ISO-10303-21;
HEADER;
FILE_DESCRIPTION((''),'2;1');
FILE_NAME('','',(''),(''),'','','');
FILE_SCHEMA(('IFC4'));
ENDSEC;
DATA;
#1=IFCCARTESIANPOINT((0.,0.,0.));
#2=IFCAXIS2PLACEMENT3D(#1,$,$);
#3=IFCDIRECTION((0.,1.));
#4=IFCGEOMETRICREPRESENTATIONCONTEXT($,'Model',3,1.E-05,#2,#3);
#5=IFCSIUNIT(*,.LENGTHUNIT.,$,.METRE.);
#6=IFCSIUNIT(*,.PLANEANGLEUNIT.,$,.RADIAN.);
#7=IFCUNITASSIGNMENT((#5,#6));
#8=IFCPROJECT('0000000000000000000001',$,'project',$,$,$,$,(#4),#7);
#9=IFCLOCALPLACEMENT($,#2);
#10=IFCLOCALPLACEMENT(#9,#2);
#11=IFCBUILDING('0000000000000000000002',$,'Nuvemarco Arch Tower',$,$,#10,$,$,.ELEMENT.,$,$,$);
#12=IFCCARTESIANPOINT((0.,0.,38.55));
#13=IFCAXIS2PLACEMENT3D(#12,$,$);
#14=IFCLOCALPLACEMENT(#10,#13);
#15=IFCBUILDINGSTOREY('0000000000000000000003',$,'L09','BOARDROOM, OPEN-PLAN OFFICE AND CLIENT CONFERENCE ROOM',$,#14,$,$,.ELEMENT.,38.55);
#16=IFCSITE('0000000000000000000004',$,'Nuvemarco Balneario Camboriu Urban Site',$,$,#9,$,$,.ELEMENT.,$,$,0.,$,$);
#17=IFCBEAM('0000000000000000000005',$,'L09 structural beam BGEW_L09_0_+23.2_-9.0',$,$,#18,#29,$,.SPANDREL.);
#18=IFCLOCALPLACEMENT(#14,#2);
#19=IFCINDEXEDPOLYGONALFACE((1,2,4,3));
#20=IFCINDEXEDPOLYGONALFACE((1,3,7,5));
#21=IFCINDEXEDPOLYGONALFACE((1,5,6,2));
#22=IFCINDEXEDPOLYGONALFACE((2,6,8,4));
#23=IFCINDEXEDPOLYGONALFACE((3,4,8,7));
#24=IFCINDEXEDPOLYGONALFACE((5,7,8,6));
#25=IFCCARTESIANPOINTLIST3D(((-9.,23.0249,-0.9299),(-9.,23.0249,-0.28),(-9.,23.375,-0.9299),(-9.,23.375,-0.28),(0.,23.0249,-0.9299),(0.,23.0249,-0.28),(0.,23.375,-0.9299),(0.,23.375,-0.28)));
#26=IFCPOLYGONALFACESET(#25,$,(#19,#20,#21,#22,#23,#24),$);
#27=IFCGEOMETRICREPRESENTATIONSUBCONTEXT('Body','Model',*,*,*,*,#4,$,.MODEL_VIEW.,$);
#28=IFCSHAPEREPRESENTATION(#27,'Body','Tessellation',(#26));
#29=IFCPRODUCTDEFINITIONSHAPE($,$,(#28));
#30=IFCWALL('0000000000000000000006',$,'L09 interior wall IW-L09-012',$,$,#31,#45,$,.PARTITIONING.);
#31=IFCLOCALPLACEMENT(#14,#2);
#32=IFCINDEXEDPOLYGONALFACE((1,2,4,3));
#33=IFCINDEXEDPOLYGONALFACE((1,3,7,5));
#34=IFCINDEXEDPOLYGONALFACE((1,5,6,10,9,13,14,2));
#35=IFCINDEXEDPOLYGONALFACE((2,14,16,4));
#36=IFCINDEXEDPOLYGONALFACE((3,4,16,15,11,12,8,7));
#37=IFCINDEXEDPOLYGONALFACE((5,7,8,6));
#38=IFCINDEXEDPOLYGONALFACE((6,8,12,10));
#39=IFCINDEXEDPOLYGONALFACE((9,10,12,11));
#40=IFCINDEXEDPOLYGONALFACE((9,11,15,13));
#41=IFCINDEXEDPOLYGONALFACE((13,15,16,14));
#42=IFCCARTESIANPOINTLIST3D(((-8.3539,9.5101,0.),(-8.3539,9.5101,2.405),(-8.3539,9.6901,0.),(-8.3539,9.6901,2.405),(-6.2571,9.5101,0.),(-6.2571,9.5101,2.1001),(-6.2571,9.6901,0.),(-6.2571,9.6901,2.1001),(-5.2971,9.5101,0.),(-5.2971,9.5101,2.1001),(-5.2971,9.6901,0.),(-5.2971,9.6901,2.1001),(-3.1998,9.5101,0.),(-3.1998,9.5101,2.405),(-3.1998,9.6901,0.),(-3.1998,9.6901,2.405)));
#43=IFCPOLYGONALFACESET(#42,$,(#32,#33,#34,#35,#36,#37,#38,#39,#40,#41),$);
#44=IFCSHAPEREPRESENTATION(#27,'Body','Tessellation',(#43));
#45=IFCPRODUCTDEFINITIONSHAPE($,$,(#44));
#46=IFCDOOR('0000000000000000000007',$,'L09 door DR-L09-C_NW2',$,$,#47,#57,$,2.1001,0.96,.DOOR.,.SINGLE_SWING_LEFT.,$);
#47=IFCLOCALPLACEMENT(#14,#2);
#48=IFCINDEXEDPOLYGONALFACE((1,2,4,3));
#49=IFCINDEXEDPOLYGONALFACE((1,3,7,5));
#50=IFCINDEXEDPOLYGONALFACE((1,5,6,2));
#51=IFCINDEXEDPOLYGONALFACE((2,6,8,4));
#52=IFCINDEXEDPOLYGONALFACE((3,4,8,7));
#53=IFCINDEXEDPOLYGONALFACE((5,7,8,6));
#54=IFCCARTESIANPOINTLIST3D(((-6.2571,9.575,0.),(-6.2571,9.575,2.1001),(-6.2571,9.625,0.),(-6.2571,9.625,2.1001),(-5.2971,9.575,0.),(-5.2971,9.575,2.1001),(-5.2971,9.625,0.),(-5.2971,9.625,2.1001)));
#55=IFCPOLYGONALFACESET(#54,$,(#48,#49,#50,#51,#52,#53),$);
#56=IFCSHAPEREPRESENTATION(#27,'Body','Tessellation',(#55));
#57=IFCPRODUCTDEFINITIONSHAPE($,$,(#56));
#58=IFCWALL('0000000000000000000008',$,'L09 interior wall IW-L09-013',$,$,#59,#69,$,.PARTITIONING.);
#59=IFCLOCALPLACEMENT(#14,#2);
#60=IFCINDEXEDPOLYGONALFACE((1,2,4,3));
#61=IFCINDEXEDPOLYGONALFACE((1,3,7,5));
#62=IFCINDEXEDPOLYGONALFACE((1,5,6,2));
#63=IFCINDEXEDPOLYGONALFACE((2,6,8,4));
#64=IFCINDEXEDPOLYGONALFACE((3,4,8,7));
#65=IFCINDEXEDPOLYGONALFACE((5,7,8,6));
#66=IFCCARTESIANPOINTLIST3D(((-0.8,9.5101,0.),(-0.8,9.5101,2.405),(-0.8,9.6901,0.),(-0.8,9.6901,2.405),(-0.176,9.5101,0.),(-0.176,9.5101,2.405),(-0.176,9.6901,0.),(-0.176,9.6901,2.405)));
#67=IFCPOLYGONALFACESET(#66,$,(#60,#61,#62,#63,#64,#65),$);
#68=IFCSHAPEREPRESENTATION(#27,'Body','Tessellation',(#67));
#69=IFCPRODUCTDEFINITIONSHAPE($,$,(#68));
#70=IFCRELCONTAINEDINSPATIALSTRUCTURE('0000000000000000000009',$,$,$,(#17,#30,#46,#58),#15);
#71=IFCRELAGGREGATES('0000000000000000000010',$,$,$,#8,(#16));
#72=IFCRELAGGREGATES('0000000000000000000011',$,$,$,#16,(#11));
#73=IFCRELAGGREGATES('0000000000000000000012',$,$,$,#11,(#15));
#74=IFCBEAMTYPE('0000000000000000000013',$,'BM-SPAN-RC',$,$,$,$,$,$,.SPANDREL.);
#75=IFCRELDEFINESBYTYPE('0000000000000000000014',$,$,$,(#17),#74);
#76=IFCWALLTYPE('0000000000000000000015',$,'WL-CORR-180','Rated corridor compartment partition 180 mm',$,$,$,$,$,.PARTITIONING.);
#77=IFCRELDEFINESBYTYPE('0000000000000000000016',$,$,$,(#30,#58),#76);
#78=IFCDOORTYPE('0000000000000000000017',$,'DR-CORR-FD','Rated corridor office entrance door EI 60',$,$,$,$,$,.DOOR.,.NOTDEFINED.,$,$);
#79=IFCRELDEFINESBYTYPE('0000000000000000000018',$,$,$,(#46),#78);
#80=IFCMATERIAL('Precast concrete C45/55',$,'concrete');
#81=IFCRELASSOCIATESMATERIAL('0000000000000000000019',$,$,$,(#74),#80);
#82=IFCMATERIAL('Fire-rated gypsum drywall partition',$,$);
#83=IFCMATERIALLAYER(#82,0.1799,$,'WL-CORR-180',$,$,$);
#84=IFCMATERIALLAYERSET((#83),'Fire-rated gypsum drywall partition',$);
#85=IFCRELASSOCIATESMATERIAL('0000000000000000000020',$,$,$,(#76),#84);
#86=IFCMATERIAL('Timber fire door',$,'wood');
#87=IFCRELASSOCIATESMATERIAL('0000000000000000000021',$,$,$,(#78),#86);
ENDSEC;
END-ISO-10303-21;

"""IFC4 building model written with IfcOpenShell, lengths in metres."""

from ifc_helpers import new_model, si_unit, direction, frame, frame_2d, origin, origin_2d, place, context, subcontext, project, spatial, rectangle, extrude, source, transform, mapped, material, layer, layer_set, material_profile, profile_set, type_object, type_shapes, element, fill, save


model = new_model("IFC4")

# Units and contexts
model_context = context("Model", 3, precision=1e-05, world=origin(), true_north=direction((0.0, 1.0)))
body_context = subcontext(model_context, "Body", "Model", "MODEL_VIEW")
ifc_project = project(units=[si_unit("LENGTHUNIT", "METRE"), si_unit("PLANEANGLEUNIT", "RADIAN")], contexts=[model_context])

# Site, building, storey
site_placement = place(None, origin())
site = spatial("IfcSite", under=ifc_project, at=site_placement, Name="Nuvemarco Balneario Camboriu Urban Site", CompositionType="ELEMENT", RefElevation=0.0)
building_placement = place(site_placement, origin())
building = spatial("IfcBuilding", under=site, at=building_placement, Name="Nuvemarco Arch Tower", CompositionType="ELEMENT")
storey_placement = place(building_placement, frame((0.0, 0.0, 38.55)))
storey = spatial("IfcBuildingStorey", under=building, at=storey_placement, Name="L09", Description="BOARDROOM, OPEN-PLAN OFFICE AND CLIENT CONFERENCE ROOM", CompositionType="ELEMENT", Elevation=38.55)

# Beam
ifc_material_1 = material(Name="Precast concrete C45/55", Category="concrete")
ifc_material_profile_1 = material_profile(ifc_material_1, rectangle(XDim=0.3501, YDim=0.6499, at=origin_2d()), Name="PC-SP-350x650")
ifc_profile_set_1 = profile_set([ifc_material_profile_1], Name="Precast concrete C45/55")
beam_type_1 = type_object("IfcBeamType", Name="BM-SPAN-RC", PredefinedType="SPANDREL", material=ifc_profile_set_1)
beam_1_placement = place(storey_placement, frame((-9.0, 23.2, -0.605), z_axis=(1.0, 0.0, 0.0), x_axis=(0.0, 1.0, 0.0)))
element("IfcBeam", 1, at=beam_1_placement, inside=storey, type_object=beam_type_1, Name="L09 structural beam BGEW_L09_0_+23.2_-9.0", PredefinedType="SPANDREL", context=body_context, shape_type="SweptSolid", body=[
    extrude(rectangle(XDim=0.3501, YDim=0.6499, at=origin_2d()), origin(), (0.0, 0.0, 1.0), 9.0),
])

# Wall, opening, door
ifc_material_2 = material(Name="Fire-rated gypsum drywall partition")
ifc_layer_1 = layer(ifc_material_2, 0.1799, Name="WL-CORR-180")
ifc_layer_set_1 = layer_set([ifc_layer_1], Name="Fire-rated gypsum drywall partition")
wall_type_1 = type_object("IfcWallType", Name="WL-CORR-180", Description="Rated corridor compartment partition 180 mm", PredefinedType="PARTITIONING", material=ifc_layer_set_1)
wall_1_placement = place(storey_placement, frame((-8.354, 9.6001, 0.0), z_axis=(0.0, 0.0, 1.0), x_axis=(1.0, 0.0, 0.0)))
wall_1 = element("IfcWall", 2, at=wall_1_placement, inside=storey, type_object=wall_type_1, Name="L09 interior wall IW-L09-012", PredefinedType="PARTITIONING", context=body_context, shape_type="SweptSolid", body=[
    extrude(rectangle(XDim=5.1541, YDim=0.1799, at=frame_2d((2.5771, 0.0))), origin(), (0.0, 0.0, 1.0), 2.405),
])
opening_1_placement = place(wall_1_placement, frame((2.0969, 0.0, 0.0)))
opening_1 = element("IfcOpeningElement", 3, at=opening_1_placement, cuts=wall_1, PredefinedType="OPENING", context=body_context, shape_type="SweptSolid", body=[
    extrude(rectangle(XDim=0.96, YDim=2.1001, at=frame_2d((0.48, 1.05))), frame((0.0, 0.0999, 0.0), z_axis=(0.0, -1.0, 0.0), x_axis=(1.0, 0.0, 0.0)), (0.0, 0.0, 1.0), 0.2),
])
ifc_material_3 = material(Name="Timber fire door", Category="wood")
door_type = type_object("IfcDoorType", Name="DR-CORR-FD", Description="Rated corridor office entrance door EI 60", OperationType="NOTDEFINED", PredefinedType="DOOR", material=ifc_material_3)
shared_shape_1 = source(origin(), body_context, "Body", "SweptSolid", [
    extrude(rectangle(XDim=0.96, YDim=2.1001, at=frame_2d((0.48, 1.05))), frame((0.0, 0.0249, 0.0), z_axis=(0.0, -1.0, 0.0), x_axis=(1.0, 0.0, 0.0)), (0.0, 0.0, 1.0), 0.05),
])
type_shapes(door_type, [shared_shape_1])
door_1_placement = place(opening_1_placement, origin())
door_1 = element("IfcDoor", 4, at=door_1_placement, inside=storey, type_object=door_type, Name="L09 door DR-L09-C_NW2", OperationType="SINGLE_SWING_LEFT", OverallHeight=2.1001, OverallWidth=0.96, PredefinedType="DOOR", context=body_context, shape_type="MappedRepresentation", body=[
    mapped(shared_shape_1, transform((0.0, 0.0, 0.0), scale=1.0)),
])
fill(opening_1, door_1)

# Wall
wall_2_placement = place(storey_placement, frame((-0.8, 9.6001, 0.0), z_axis=(0.0, 0.0, 1.0), x_axis=(1.0, 0.0, 0.0)))
element("IfcWall", 5, at=wall_2_placement, inside=storey, type_object=wall_type_1, Name="L09 interior wall IW-L09-013", PredefinedType="PARTITIONING", context=body_context, shape_type="SweptSolid", body=[
    extrude(rectangle(XDim=0.624, YDim=0.1799, at=frame_2d((0.312, 0.0))), origin(), (0.0, 0.0, 1.0), 2.405),
])

save(model, "model.ifc")
